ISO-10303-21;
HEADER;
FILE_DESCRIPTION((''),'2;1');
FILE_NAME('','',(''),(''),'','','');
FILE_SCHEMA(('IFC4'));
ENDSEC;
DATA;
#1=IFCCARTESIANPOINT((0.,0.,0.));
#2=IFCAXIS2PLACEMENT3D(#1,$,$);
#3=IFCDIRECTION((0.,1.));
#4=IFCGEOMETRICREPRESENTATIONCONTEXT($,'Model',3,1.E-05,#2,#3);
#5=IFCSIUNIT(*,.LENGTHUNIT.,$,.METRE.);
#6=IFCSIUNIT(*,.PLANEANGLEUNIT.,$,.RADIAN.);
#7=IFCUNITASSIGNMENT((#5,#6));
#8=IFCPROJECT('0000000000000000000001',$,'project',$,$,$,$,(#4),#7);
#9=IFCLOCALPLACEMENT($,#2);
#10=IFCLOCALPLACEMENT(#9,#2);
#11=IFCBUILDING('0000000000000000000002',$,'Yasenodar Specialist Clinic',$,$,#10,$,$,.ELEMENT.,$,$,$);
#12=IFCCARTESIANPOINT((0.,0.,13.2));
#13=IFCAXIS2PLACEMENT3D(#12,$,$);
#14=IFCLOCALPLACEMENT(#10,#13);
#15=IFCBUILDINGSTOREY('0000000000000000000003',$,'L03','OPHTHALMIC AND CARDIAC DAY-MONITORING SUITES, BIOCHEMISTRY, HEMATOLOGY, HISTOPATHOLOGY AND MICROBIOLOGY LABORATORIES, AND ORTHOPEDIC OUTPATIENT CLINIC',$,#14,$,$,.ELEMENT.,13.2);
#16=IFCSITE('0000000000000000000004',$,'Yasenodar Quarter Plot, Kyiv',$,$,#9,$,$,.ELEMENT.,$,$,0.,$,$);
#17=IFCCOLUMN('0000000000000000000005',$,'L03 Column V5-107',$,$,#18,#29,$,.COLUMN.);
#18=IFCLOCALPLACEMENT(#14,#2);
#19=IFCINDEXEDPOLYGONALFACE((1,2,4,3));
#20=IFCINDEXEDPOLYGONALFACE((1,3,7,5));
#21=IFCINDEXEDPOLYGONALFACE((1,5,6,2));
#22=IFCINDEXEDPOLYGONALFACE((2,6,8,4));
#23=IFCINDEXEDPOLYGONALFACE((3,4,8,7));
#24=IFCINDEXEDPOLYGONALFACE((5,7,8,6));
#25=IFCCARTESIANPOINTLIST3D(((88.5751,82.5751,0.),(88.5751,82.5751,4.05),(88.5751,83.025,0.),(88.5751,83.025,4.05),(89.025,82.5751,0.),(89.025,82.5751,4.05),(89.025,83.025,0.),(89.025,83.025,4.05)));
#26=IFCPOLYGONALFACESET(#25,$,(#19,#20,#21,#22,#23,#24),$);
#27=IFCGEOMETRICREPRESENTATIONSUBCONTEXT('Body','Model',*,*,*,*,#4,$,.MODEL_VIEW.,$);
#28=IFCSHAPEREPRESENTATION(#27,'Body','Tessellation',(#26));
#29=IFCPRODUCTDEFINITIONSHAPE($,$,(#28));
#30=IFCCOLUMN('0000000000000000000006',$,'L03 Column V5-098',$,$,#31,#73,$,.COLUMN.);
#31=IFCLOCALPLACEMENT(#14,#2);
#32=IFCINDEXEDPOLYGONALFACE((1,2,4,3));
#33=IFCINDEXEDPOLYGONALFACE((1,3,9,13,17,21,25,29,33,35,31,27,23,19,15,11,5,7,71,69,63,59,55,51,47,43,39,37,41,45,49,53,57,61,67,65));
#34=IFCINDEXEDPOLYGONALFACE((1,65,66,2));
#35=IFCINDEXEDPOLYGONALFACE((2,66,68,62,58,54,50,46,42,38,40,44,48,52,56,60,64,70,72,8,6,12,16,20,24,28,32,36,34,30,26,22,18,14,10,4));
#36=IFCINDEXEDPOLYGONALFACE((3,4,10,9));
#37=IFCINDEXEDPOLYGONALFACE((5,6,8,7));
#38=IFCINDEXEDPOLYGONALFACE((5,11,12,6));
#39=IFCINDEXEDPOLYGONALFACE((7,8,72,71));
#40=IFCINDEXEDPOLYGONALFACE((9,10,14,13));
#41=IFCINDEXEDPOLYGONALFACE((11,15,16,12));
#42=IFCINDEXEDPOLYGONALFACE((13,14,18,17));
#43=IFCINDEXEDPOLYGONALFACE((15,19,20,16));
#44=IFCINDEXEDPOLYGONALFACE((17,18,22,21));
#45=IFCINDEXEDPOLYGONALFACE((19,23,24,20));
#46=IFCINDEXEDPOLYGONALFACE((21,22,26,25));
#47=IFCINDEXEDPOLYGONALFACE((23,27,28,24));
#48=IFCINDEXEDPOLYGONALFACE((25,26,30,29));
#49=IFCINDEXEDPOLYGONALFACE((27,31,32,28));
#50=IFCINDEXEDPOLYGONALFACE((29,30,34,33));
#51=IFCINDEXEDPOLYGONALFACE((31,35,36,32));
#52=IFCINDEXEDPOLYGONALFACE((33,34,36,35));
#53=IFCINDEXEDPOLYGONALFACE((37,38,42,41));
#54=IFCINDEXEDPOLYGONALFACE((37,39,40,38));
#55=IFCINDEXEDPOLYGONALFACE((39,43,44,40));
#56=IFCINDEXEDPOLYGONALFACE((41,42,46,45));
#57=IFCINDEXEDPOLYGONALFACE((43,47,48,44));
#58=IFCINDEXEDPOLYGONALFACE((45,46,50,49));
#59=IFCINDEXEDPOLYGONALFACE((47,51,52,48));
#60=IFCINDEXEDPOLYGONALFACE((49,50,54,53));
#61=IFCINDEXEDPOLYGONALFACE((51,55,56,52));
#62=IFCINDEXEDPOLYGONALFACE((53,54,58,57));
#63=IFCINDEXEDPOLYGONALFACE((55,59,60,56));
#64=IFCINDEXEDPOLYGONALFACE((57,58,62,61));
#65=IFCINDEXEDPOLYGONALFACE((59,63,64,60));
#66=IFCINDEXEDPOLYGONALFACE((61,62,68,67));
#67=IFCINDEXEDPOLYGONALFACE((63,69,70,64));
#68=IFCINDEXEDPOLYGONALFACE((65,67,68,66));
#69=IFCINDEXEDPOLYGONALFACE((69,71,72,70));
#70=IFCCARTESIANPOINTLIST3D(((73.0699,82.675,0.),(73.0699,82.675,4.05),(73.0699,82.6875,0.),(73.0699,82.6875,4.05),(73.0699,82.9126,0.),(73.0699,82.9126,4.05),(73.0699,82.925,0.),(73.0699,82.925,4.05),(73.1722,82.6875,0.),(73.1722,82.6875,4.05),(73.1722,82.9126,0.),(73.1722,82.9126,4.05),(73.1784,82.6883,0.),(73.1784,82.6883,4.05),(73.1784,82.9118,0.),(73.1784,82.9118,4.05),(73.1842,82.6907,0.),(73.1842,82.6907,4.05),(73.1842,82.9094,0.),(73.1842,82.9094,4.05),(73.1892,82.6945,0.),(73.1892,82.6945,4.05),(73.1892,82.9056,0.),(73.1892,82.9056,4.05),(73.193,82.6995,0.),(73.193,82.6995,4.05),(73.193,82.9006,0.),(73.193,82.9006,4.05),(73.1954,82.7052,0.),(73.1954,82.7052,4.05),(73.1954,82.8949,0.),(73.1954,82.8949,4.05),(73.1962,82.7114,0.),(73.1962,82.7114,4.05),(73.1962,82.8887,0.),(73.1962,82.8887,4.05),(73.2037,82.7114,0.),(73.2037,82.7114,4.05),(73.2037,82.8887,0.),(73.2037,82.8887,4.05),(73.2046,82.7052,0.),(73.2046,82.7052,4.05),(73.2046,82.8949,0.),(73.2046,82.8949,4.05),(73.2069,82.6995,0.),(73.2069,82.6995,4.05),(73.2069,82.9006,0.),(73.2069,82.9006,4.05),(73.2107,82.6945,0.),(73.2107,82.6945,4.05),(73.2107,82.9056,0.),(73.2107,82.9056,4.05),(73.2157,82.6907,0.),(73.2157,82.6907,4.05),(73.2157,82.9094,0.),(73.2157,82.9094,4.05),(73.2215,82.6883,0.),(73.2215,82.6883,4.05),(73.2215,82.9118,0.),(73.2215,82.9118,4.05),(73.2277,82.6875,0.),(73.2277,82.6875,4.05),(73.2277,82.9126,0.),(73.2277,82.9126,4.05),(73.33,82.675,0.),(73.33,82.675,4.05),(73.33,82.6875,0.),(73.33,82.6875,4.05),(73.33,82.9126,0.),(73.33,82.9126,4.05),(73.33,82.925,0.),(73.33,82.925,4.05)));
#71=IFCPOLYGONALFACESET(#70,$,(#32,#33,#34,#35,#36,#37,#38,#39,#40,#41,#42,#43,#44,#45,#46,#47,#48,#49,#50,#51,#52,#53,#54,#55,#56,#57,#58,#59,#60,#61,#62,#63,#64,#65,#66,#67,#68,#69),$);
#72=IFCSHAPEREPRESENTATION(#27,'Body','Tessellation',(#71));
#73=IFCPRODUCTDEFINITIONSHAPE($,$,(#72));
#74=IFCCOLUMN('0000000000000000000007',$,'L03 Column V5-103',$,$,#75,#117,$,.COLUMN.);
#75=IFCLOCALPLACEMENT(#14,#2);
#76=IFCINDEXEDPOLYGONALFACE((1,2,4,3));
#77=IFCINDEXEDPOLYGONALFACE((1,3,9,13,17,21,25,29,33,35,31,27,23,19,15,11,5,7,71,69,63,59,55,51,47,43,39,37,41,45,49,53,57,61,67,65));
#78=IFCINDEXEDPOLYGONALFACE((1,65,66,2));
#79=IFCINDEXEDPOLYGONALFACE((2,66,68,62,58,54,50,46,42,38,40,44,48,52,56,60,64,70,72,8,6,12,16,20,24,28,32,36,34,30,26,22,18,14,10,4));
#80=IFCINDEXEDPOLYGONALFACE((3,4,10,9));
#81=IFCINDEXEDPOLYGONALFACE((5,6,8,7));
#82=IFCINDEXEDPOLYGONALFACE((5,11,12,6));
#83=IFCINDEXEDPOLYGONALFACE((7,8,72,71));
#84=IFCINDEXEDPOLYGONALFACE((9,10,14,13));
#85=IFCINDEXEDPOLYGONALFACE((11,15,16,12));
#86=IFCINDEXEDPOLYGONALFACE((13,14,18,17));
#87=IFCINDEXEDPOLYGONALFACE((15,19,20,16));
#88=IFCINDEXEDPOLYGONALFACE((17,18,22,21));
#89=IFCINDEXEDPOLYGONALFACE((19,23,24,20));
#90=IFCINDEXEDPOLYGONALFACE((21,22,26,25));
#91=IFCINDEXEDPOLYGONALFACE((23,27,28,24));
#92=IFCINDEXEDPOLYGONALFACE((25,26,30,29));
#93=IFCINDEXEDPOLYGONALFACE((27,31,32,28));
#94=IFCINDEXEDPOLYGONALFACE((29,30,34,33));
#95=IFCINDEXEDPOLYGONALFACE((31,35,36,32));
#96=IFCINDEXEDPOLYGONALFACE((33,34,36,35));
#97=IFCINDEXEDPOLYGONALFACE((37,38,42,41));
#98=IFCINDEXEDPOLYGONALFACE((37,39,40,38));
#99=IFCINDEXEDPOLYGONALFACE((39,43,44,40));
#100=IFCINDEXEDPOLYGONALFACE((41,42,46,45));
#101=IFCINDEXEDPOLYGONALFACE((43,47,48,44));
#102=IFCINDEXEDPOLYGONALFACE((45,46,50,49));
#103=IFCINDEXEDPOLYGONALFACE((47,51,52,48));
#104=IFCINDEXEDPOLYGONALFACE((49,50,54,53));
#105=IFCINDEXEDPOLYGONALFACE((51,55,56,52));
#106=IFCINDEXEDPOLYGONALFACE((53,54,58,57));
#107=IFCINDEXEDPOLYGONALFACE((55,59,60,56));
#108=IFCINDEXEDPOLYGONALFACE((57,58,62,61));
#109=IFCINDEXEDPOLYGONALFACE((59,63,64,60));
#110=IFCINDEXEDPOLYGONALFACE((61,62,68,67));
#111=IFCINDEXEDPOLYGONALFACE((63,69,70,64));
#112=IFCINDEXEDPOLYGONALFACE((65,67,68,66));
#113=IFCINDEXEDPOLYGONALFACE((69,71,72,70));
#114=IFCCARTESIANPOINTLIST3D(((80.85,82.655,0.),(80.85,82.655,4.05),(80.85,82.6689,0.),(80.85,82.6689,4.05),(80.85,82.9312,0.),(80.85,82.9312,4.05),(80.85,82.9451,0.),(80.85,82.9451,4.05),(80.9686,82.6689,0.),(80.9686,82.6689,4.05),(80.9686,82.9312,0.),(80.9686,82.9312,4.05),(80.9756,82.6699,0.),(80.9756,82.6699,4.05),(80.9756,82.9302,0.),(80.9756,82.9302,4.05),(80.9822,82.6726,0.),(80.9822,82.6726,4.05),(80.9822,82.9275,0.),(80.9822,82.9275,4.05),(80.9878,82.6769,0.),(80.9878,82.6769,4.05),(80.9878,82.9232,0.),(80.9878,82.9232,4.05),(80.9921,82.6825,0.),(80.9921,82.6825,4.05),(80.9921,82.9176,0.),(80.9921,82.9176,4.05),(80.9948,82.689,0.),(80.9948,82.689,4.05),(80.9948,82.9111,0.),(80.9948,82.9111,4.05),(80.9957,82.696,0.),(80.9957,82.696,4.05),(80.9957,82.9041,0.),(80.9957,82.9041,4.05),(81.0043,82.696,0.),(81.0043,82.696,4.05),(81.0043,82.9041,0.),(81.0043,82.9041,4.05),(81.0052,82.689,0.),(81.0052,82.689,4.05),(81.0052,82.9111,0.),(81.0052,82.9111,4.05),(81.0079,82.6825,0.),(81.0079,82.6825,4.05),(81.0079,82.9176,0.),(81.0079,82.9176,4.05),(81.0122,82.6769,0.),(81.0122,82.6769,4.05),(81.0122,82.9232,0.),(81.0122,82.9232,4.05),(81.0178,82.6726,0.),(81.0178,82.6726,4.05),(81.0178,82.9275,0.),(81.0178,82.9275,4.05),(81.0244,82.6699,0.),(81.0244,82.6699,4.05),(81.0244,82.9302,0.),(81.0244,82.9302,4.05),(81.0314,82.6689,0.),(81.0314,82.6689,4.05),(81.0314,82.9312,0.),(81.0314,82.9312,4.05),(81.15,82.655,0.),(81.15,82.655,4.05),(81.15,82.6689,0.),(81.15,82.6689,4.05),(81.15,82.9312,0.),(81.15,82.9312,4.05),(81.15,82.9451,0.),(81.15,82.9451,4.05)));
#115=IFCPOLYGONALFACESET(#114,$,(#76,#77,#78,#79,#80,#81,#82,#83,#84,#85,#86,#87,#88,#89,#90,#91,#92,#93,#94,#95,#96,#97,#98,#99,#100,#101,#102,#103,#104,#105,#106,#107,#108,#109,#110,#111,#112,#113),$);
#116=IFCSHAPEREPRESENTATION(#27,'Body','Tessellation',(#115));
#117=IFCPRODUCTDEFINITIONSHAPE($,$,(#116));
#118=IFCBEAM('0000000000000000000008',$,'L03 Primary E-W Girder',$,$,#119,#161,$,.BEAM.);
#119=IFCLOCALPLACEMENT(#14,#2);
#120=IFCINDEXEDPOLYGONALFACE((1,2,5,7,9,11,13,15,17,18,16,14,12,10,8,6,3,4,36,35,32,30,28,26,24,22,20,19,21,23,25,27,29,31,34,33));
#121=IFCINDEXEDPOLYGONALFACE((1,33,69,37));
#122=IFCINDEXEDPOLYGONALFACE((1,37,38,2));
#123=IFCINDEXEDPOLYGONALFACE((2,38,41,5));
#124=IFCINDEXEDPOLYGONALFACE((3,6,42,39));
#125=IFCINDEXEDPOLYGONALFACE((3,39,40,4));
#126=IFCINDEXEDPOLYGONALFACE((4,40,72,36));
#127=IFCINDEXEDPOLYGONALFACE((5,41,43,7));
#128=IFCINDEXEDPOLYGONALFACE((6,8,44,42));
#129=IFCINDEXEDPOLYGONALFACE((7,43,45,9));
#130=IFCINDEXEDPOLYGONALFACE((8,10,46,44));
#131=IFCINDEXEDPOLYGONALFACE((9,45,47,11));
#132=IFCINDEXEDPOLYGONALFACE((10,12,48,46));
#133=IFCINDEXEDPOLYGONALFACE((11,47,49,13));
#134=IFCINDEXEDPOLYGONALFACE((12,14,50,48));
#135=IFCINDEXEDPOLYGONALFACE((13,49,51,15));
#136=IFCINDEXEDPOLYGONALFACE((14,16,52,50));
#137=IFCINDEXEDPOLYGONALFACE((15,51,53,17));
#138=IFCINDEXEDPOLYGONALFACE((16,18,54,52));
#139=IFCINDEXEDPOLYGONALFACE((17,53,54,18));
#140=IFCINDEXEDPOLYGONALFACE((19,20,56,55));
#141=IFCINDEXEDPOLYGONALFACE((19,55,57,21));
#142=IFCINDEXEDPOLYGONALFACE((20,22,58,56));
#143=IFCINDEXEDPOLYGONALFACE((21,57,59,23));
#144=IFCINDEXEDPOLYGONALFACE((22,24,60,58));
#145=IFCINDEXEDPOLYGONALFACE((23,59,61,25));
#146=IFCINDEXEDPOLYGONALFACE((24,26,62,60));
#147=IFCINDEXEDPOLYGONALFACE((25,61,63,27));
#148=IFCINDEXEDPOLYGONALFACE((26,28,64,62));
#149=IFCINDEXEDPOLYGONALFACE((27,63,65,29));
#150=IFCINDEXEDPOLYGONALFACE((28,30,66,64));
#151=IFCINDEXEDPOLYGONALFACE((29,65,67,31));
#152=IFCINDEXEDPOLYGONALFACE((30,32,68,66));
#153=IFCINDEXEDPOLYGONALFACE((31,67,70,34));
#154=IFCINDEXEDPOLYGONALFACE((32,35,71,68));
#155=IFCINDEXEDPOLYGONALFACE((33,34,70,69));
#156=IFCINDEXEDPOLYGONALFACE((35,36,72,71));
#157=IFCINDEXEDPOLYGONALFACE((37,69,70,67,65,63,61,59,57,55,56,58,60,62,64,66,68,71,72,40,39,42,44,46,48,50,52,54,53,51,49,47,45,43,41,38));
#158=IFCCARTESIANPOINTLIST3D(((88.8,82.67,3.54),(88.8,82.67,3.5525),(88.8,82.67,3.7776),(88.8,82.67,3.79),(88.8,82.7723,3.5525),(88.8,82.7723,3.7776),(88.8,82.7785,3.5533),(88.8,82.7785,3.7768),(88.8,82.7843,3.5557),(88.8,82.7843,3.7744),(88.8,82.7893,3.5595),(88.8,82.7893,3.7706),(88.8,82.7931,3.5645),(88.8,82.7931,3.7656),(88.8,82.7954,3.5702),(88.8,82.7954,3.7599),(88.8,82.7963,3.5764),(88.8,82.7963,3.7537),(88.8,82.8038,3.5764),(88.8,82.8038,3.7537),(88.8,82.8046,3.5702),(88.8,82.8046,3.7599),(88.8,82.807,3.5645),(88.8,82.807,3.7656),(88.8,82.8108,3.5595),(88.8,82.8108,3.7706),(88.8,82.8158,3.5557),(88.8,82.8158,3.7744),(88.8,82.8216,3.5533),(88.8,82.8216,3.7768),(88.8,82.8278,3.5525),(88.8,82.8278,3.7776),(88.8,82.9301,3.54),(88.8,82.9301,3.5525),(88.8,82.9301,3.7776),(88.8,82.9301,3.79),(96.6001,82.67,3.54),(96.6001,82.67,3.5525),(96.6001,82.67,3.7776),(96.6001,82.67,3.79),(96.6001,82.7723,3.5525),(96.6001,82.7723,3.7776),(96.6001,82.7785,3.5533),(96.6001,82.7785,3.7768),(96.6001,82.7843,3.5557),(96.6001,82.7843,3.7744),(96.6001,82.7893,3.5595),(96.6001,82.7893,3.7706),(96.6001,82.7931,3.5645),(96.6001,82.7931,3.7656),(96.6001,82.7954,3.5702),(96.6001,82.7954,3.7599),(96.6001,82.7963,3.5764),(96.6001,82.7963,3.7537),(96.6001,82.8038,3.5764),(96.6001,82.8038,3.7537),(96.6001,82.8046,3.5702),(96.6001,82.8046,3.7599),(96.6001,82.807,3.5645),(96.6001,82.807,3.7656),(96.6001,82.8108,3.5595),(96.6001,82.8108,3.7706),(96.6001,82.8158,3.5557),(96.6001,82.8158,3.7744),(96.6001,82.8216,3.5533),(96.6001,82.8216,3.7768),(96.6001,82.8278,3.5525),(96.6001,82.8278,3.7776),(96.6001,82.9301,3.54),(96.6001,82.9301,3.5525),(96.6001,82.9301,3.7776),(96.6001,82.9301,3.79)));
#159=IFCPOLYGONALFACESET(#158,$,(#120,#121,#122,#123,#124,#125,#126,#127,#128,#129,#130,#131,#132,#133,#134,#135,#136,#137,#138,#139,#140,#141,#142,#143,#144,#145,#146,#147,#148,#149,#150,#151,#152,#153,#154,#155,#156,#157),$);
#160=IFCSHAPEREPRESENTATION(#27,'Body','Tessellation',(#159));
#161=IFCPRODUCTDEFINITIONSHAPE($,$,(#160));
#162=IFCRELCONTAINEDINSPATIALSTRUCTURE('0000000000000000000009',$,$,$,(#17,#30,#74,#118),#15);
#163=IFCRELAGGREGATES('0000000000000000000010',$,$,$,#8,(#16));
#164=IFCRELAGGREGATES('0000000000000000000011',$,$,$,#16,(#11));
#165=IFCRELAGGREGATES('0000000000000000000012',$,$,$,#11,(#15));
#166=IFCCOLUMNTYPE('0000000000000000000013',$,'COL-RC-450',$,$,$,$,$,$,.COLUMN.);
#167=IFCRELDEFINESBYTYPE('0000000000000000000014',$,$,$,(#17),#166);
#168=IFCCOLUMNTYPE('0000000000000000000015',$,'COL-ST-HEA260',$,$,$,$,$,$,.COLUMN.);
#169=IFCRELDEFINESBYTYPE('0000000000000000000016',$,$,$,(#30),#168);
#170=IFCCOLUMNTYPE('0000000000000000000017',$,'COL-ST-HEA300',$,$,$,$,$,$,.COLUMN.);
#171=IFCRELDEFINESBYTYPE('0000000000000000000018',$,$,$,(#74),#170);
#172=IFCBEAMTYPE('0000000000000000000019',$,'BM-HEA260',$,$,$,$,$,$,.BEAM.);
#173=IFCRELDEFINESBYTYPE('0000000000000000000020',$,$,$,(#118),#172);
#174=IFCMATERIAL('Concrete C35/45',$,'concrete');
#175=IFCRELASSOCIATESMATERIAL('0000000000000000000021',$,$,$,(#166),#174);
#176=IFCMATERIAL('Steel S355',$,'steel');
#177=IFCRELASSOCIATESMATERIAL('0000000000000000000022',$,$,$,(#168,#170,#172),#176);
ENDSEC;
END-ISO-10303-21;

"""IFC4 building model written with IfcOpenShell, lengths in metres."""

from ifc_helpers import new_model, si_unit, direction, frame, origin, origin_2d, place, context, subcontext, project, spatial, rectangle, i_section, extrude, material, material_profile, profile_set, type_object, element, save


model = new_model("IFC4")

# Units and contexts
model_context = context("Model", 3, precision=1e-05, world=origin(), true_north=direction((0.0, 1.0)))
body_context = subcontext(model_context, "Body", "Model", "MODEL_VIEW")
ifc_project = project(units=[si_unit("LENGTHUNIT", "METRE"), si_unit("PLANEANGLEUNIT", "RADIAN")], contexts=[model_context])

# Site, building, storey
site_placement = place(None, origin())
site = spatial("IfcSite", under=ifc_project, at=site_placement, Name="Yasenodar Quarter Plot, Kyiv", CompositionType="ELEMENT", RefElevation=0.0)
building_placement = place(site_placement, origin())
building = spatial("IfcBuilding", under=site, at=building_placement, Name="Yasenodar Specialist Clinic", CompositionType="ELEMENT")
storey_placement = place(building_placement, frame((0.0, 0.0, 13.2)))
storey = spatial("IfcBuildingStorey", under=building, at=storey_placement, Name="L03", Description="OPHTHALMIC AND CARDIAC DAY-MONITORING SUITES, BIOCHEMISTRY, HEMATOLOGY, HISTOPATHOLOGY AND MICROBIOLOGY LABORATORIES, AND ORTHOPEDIC OUTPATIENT CLINIC", CompositionType="ELEMENT", Elevation=13.2)

# Columns
ifc_material_1 = material(Name="Concrete C35/45", Category="concrete")
ifc_material_profile_1 = material_profile(ifc_material_1, rectangle(XDim=0.45, YDim=0.45, at=origin_2d()), Name="RC 450x450")
ifc_profile_set_1 = profile_set([ifc_material_profile_1], Name="Concrete C35/45")
column_type_1 = type_object("IfcColumnType", Name="COL-RC-450", PredefinedType="COLUMN", material=ifc_profile_set_1)
column_1_placement = place(storey_placement, frame((88.8, 82.8, 0.0), z_axis=(0.0, 0.0, 1.0), x_axis=(1.0, 0.0, 0.0)))
element("IfcColumn", 1, at=column_1_placement, inside=storey, type_object=column_type_1, Name="L03 Column V5-107", PredefinedType="COLUMN", context=body_context, shape_type="SweptSolid", body=[
    extrude(rectangle(XDim=0.45, YDim=0.45, at=origin_2d()), origin(), (0.0, 0.0, 1.0), 4.05),
])
ifc_material_2 = material(Name="Steel S355", Category="steel")
ifc_material_profile_2 = material_profile(ifc_material_2, i_section(OverallWidth=0.26, OverallDepth=0.25, WebThickness=0.0076, FlangeThickness=0.0125, FilletRadius=0.0239, at=origin_2d()), Name="HEA 260")
ifc_profile_set_2 = profile_set([ifc_material_profile_2], Name="Steel S355")
column_type_2 = type_object("IfcColumnType", Name="COL-ST-HEA260", PredefinedType="COLUMN", material=ifc_profile_set_2)
column_2_placement = place(storey_placement, frame((73.2, 82.8, 0.0), z_axis=(0.0, 0.0, 1.0), x_axis=(1.0, 0.0, 0.0)))
element("IfcColumn", 2, at=column_2_placement, inside=storey, type_object=column_type_2, Name="L03 Column V5-098", PredefinedType="COLUMN", context=body_context, shape_type="SweptSolid", body=[
    extrude(i_section(OverallWidth=0.26, OverallDepth=0.25, WebThickness=0.0076, FlangeThickness=0.0125, FilletRadius=0.0239, at=origin_2d()), origin(), (0.0, 0.0, 1.0), 4.05),
])
ifc_material_profile_3 = material_profile(ifc_material_2, i_section(OverallWidth=0.3, OverallDepth=0.29, WebThickness=0.0085, FlangeThickness=0.0139, FilletRadius=0.0271, at=origin_2d()), Name="HEA 300")
ifc_profile_set_3 = profile_set([ifc_material_profile_3], Name="Steel S355")
column_type_3 = type_object("IfcColumnType", Name="COL-ST-HEA300", PredefinedType="COLUMN", material=ifc_profile_set_3)
column_3_placement = place(storey_placement, frame((81.0, 82.8, 0.0), z_axis=(0.0, 0.0, 1.0), x_axis=(1.0, 0.0, 0.0)))
element("IfcColumn", 3, at=column_3_placement, inside=storey, type_object=column_type_3, Name="L03 Column V5-103", PredefinedType="COLUMN", context=body_context, shape_type="SweptSolid", body=[
    extrude(i_section(OverallWidth=0.3, OverallDepth=0.29, WebThickness=0.0085, FlangeThickness=0.0139, FilletRadius=0.0271, at=origin_2d()), origin(), (0.0, 0.0, 1.0), 4.05),
])

# Beam
ifc_material_profile_4 = material_profile(ifc_material_2, i_section(OverallWidth=0.26, OverallDepth=0.25, WebThickness=0.0076, FlangeThickness=0.0125, FilletRadius=0.0239, at=origin_2d()), Name="HEA 260")
ifc_profile_set_4 = profile_set([ifc_material_profile_4], Name="Steel S355")
beam_type_1 = type_object("IfcBeamType", Name="BM-HEA260", PredefinedType="BEAM", material=ifc_profile_set_4)
beam_1_placement = place(storey_placement, frame((88.8, 82.8, 3.665), z_axis=(1.0, 0.0, 0.0), x_axis=(0.0, 1.0, 0.0)))
element("IfcBeam", 4, at=beam_1_placement, inside=storey, type_object=beam_type_1, Name="L03 Primary E-W Girder", PredefinedType="BEAM", context=body_context, shape_type="SweptSolid", body=[
    extrude(i_section(OverallWidth=0.26, OverallDepth=0.25, WebThickness=0.0076, FlangeThickness=0.0125, FilletRadius=0.0239, at=origin_2d()), origin(), (0.0, 0.0, 1.0), 7.8),
])

save(model, "model.ifc")
